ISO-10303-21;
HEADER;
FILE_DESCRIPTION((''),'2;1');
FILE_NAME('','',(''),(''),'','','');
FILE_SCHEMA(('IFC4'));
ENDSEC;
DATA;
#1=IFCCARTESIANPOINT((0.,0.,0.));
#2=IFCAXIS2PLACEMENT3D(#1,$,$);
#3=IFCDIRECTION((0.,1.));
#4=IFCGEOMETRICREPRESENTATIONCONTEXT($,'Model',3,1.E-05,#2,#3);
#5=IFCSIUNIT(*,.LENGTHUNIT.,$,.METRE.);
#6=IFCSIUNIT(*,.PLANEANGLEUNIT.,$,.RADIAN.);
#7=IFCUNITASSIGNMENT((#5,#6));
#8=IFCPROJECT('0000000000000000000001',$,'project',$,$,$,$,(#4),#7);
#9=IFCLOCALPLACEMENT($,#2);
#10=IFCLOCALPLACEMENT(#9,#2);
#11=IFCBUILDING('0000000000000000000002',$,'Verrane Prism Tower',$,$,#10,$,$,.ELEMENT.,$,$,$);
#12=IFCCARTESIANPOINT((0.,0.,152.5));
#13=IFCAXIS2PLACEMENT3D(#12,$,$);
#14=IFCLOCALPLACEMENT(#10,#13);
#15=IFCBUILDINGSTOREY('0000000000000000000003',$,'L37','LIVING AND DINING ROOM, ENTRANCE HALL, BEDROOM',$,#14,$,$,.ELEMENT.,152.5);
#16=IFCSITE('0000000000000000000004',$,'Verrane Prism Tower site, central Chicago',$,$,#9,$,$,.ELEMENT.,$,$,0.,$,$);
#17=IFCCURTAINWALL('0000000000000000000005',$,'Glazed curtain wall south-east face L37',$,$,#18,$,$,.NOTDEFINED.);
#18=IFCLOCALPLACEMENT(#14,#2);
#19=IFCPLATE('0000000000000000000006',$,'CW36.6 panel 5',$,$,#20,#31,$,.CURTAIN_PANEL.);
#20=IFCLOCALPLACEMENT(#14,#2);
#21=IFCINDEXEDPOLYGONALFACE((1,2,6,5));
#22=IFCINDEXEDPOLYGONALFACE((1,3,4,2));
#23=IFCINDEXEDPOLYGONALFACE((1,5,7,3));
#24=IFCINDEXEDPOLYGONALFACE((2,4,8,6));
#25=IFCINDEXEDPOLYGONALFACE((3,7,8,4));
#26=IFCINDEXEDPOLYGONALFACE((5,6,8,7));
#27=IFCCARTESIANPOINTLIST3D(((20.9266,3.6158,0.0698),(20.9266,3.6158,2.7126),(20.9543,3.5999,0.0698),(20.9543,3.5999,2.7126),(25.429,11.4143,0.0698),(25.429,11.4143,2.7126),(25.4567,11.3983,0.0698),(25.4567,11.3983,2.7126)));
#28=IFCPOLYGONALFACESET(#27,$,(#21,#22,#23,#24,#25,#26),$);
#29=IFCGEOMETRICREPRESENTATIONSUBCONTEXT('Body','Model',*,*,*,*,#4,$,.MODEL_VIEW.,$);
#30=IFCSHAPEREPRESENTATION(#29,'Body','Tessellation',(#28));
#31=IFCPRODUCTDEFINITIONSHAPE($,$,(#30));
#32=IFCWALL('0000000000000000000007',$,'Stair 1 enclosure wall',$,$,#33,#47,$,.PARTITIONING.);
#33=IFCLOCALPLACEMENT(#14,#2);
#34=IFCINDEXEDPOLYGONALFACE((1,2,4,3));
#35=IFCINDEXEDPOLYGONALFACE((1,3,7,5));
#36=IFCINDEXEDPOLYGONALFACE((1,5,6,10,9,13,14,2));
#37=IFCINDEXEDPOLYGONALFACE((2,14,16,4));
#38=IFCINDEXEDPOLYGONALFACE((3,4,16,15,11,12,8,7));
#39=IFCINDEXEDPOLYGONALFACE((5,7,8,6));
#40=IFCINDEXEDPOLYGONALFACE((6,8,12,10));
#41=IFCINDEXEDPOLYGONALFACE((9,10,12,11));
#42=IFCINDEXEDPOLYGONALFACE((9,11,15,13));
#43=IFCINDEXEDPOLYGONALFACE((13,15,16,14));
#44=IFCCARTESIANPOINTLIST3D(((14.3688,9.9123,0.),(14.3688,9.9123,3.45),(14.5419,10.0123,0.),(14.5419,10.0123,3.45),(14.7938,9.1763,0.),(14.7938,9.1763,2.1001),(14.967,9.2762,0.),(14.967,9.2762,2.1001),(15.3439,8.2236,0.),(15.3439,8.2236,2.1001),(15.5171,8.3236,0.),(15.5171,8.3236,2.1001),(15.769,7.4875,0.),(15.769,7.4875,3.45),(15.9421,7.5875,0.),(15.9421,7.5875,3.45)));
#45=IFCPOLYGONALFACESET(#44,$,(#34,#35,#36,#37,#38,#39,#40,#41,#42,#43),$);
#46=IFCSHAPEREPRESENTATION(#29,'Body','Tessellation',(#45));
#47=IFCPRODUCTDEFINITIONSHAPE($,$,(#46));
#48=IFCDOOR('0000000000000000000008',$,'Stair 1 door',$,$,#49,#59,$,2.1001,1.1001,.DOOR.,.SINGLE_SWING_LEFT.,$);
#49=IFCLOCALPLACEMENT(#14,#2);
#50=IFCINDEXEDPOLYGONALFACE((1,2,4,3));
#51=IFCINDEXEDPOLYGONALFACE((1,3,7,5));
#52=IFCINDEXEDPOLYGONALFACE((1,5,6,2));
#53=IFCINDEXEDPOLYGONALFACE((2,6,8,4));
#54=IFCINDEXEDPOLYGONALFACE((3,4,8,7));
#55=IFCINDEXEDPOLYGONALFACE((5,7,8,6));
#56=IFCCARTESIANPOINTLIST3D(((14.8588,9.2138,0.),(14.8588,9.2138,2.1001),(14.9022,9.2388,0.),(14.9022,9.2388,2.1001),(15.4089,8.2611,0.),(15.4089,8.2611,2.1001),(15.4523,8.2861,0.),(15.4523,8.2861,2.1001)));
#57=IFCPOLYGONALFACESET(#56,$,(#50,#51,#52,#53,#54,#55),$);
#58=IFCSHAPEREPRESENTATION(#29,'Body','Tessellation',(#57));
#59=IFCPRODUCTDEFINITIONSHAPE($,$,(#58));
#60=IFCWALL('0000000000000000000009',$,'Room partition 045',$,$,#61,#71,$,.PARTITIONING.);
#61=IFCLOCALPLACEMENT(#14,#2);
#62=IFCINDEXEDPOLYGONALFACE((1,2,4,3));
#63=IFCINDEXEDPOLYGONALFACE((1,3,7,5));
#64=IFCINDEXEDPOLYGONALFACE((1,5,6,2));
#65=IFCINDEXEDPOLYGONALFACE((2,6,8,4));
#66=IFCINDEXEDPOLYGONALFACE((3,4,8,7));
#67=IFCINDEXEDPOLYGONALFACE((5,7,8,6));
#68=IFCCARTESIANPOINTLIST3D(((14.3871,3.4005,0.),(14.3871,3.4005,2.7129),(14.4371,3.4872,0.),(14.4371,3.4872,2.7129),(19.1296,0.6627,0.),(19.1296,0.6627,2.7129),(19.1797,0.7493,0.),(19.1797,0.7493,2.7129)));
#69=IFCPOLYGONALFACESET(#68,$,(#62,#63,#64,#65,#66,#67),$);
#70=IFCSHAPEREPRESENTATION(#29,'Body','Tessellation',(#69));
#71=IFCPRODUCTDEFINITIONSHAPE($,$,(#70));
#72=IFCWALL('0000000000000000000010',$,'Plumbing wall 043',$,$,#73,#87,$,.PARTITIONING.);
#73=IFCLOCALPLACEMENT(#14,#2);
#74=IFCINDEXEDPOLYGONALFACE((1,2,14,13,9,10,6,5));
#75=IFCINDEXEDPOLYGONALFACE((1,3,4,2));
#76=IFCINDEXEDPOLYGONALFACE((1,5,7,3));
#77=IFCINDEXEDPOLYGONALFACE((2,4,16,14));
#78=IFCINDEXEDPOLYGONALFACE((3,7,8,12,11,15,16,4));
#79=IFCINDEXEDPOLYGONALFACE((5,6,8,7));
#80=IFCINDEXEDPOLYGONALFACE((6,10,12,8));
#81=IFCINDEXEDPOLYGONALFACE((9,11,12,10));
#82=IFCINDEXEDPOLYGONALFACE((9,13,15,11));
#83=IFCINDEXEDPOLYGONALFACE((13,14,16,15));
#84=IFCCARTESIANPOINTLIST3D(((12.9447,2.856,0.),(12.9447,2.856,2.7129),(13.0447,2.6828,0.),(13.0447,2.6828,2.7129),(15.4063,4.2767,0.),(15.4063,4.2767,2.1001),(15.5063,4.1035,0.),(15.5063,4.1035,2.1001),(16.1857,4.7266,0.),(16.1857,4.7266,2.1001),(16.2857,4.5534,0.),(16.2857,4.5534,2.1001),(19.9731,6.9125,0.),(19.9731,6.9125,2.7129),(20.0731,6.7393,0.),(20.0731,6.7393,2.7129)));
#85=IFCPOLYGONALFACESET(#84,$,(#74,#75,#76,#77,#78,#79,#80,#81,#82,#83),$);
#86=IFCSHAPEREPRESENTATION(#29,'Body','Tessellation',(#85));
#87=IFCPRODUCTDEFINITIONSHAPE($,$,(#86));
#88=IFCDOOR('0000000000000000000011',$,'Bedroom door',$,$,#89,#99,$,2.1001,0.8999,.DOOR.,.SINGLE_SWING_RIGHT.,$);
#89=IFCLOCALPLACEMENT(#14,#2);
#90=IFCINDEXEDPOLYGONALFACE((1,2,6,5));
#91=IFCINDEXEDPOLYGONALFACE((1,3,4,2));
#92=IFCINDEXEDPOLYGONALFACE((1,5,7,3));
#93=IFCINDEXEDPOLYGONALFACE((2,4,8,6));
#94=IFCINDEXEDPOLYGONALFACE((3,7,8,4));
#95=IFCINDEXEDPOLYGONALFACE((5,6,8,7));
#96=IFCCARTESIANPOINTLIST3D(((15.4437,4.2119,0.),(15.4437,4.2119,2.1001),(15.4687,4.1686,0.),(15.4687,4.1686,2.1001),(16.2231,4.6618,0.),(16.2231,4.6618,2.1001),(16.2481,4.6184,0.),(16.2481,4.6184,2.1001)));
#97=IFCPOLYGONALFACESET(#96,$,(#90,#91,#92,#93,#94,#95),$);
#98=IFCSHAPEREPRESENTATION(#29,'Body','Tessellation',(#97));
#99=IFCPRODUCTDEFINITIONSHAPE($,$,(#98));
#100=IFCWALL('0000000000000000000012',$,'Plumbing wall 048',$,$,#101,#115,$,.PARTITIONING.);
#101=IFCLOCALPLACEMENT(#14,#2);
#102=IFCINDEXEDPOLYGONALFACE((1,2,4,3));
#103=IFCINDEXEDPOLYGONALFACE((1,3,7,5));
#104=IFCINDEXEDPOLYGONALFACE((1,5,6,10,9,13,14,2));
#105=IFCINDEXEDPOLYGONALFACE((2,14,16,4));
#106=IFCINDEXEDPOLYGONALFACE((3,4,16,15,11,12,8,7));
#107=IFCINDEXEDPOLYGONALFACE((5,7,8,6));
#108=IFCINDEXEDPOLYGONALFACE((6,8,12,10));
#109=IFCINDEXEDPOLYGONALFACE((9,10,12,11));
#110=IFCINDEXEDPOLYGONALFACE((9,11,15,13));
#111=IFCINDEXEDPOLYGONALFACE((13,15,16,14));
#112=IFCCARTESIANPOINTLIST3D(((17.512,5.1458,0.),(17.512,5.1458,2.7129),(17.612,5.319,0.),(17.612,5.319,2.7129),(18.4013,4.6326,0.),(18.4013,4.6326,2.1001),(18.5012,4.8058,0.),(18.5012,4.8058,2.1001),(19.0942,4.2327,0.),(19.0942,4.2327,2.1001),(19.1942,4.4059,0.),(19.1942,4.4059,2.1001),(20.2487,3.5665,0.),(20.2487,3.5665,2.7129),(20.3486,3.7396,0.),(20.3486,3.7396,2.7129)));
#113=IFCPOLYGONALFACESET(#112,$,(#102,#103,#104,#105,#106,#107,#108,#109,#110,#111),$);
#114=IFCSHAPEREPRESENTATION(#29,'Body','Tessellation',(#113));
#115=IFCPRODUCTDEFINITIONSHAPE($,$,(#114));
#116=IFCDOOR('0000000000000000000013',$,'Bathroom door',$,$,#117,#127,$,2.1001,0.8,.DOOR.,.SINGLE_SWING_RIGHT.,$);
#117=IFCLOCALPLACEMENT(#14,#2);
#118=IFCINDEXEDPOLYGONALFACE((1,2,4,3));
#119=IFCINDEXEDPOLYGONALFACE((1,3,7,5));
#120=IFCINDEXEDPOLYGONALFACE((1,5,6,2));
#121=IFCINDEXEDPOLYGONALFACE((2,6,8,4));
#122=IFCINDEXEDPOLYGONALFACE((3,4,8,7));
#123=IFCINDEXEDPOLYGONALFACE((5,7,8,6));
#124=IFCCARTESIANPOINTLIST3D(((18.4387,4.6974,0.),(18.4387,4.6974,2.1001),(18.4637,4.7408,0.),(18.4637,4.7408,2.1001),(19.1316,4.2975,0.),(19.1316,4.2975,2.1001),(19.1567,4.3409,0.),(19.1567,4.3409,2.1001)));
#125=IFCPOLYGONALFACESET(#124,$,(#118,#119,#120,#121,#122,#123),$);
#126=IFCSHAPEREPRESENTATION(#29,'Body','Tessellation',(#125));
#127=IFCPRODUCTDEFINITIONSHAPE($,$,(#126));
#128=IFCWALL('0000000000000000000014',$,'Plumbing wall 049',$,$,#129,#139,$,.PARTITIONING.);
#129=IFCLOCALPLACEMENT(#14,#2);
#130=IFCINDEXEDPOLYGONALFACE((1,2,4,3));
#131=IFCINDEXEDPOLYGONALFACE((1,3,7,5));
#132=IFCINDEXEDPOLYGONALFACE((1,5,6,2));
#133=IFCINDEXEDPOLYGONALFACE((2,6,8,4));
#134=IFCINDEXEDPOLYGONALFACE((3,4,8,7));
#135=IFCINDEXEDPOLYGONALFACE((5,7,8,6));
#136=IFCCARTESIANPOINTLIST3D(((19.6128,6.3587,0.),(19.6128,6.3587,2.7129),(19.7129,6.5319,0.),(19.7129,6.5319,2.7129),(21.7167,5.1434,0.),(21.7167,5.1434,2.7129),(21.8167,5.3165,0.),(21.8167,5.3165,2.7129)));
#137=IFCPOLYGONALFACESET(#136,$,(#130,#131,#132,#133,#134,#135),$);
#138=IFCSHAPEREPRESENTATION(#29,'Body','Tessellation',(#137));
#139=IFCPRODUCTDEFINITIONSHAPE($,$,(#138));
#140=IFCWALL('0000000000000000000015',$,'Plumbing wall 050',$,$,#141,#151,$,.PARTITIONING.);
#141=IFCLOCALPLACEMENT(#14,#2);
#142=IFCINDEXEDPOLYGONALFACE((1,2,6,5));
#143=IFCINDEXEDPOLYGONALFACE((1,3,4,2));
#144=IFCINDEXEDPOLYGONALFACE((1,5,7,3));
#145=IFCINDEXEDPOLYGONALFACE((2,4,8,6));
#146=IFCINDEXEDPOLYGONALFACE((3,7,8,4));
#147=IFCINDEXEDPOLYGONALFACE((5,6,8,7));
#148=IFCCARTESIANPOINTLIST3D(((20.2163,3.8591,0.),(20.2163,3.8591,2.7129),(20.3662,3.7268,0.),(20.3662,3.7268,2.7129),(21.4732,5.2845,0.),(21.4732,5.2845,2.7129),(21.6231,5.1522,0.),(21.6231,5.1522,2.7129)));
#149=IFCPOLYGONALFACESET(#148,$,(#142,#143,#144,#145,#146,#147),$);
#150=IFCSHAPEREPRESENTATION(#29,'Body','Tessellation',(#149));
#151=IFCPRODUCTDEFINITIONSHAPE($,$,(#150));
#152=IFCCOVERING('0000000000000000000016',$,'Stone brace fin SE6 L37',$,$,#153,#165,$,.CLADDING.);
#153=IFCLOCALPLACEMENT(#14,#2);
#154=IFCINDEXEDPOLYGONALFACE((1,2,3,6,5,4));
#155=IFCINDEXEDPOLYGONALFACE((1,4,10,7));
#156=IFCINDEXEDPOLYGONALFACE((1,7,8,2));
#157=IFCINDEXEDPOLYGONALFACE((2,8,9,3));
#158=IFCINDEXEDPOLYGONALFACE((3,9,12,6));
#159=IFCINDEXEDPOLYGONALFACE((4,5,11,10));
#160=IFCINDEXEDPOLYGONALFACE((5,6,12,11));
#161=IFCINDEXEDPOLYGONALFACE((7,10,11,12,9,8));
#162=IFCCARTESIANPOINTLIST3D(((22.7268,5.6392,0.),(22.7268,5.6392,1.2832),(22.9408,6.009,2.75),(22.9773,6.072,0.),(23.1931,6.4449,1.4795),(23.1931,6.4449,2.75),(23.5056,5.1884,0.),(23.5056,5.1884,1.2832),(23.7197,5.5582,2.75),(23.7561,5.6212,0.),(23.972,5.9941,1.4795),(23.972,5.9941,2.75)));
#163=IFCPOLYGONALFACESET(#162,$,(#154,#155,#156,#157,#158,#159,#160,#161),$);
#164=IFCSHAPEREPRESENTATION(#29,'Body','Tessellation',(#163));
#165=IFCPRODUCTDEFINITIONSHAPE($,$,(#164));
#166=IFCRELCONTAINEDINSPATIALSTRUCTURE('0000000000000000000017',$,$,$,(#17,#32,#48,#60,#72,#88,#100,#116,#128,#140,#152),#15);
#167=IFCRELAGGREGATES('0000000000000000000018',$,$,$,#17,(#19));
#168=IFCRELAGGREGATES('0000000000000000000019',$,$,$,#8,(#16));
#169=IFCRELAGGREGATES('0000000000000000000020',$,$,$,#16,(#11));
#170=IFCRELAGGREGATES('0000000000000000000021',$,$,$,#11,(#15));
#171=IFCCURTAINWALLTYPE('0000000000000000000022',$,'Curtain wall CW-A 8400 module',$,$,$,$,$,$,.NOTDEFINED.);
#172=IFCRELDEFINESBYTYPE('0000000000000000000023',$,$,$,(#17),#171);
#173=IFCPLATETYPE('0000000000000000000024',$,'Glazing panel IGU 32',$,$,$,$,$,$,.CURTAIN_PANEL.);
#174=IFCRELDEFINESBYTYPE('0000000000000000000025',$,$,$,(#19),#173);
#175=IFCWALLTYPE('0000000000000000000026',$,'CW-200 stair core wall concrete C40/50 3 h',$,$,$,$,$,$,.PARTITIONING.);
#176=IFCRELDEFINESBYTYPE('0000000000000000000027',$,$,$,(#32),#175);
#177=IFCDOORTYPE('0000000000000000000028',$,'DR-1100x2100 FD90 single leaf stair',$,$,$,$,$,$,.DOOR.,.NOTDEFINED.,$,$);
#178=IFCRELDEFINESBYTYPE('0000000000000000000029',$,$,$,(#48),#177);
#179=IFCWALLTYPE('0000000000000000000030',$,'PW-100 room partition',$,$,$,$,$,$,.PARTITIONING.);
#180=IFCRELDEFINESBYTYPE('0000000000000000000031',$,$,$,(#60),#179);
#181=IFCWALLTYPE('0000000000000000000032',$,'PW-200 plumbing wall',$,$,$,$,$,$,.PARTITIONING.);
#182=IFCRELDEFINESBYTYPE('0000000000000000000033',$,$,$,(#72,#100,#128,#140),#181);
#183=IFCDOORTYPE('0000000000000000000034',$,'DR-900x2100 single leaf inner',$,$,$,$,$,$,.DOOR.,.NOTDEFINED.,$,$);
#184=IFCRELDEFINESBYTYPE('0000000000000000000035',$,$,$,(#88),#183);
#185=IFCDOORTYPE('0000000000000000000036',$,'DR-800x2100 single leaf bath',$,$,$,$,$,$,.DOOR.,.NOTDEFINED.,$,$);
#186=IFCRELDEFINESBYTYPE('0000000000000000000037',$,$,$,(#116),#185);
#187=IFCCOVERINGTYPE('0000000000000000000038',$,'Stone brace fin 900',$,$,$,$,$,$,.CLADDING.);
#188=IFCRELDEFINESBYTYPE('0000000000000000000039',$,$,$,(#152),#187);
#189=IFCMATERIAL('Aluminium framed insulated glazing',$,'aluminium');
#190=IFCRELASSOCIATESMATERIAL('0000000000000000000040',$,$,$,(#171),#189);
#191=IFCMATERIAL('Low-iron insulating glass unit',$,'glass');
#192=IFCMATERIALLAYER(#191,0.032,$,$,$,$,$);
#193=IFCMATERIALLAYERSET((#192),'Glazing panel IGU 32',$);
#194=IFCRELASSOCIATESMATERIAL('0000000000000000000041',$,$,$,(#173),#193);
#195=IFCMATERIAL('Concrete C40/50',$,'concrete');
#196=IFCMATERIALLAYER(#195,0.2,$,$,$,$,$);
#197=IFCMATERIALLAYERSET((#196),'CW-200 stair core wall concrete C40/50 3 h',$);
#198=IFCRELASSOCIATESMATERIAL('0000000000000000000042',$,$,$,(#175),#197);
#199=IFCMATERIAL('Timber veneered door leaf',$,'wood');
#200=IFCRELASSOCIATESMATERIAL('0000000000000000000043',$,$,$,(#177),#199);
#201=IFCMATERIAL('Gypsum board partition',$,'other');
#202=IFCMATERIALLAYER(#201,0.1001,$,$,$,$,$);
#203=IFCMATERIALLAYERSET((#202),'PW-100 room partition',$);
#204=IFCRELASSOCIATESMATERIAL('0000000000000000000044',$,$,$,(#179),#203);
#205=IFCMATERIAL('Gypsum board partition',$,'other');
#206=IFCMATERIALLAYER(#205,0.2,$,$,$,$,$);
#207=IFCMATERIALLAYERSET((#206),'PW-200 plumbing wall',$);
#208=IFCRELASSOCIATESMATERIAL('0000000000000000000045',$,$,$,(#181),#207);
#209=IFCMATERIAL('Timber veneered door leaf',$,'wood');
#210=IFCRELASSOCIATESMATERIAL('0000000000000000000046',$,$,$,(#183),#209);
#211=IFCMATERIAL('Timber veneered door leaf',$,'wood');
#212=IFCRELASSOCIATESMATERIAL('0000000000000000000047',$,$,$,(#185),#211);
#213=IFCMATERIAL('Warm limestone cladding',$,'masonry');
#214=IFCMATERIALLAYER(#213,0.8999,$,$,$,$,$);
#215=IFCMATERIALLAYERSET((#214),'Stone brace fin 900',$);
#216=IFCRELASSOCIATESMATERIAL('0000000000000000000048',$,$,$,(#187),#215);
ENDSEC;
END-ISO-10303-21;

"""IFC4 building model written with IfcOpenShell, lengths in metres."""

from ifc_helpers import new_model, si_unit, direction, frame, frame_2d, origin, origin_2d, place, context, subcontext, project, spatial, polyline, rectangle, outline, extrude, material, layer, layer_set, type_object, element, fill, aggregate, save


model = new_model("IFC4")

# Units and contexts
model_context = context("Model", 3, precision=1e-05, world=origin(), true_north=direction((0.0, 1.0)))
body_context = subcontext(model_context, "Body", "Model", "MODEL_VIEW")
ifc_project = project(units=[si_unit("LENGTHUNIT", "METRE"), si_unit("PLANEANGLEUNIT", "RADIAN")], contexts=[model_context])

# Site, building, storey
site_placement = place(None, origin())
site = spatial("IfcSite", under=ifc_project, at=site_placement, Name="Verrane Prism Tower site, central Chicago", CompositionType="ELEMENT", RefElevation=0.0)
building_placement = place(site_placement, origin())
building = spatial("IfcBuilding", under=site, at=building_placement, Name="Verrane Prism Tower", CompositionType="ELEMENT")
storey_placement = place(building_placement, frame((0.0, 0.0, 152.5)))
storey = spatial("IfcBuildingStorey", under=building, at=storey_placement, Name="L37", Description="LIVING AND DINING ROOM, ENTRANCE HALL, BEDROOM", CompositionType="ELEMENT", Elevation=152.5)

# Curtain wall
ifc_material_1 = material(Name="Aluminium framed insulated glazing", Category="aluminium")
curtain_wall_type = type_object("IfcCurtainWallType", Name="Curtain wall CW-A 8400 module", PredefinedType="NOTDEFINED", material=ifc_material_1)
curtain_wall_placement = place(storey_placement, origin())
curtain_wall = element("IfcCurtainWall", 1, at=curtain_wall_placement, inside=storey, type_object=curtain_wall_type, Name="Glazed curtain wall south-east face L37", PredefinedType="NOTDEFINED")

# Plate
ifc_material_2 = material(Name="Low-iron insulating glass unit", Category="glass")
ifc_layer_1 = layer(ifc_material_2, 0.032)
ifc_layer_set_1 = layer_set([ifc_layer_1], Name="Glazing panel IGU 32")
plate_type = type_object("IfcPlateType", Name="Glazing panel IGU 32", PredefinedType="CURTAIN_PANEL", material=ifc_layer_set_1)
plate_placement = place(storey_placement, frame((23.1917, 7.5071, 0.0698), z_axis=(0.0, 0.0, 1.0), x_axis=(0.500001, 0.866025, 0.0)))
plate = element("IfcPlate", 2, at=plate_placement, type_object=plate_type, Name="CW36.6 panel 5", PredefinedType="CURTAIN_PANEL", context=body_context, shape_type="SweptSolid", body=[
    extrude(rectangle(XDim=9.0049, YDim=0.032, at=origin_2d()), origin(), (0.0, 0.0, 1.0), 2.6428),
])
aggregate(curtain_wall, [plate])

# Wall, opening, door
ifc_material_3 = material(Name="Concrete C40/50", Category="concrete")
ifc_layer_2 = layer(ifc_material_3, 0.2)
ifc_layer_set_2 = layer_set([ifc_layer_2], Name="CW-200 stair core wall concrete C40/50 3 h")
wall_type_1 = type_object("IfcWallType", Name="CW-200 stair core wall concrete C40/50 3 h", PredefinedType="PARTITIONING", material=ifc_layer_set_2)
wall_1_placement = place(storey_placement, frame((15.8555, 7.5376, 0.0), z_axis=(0.0, 0.0, 1.0), x_axis=(-0.50005, 0.865997, 0.0)))
wall_1 = element("IfcWall", 3, at=wall_1_placement, inside=storey, type_object=wall_type_1, Name="Stair 1 enclosure wall", PredefinedType="PARTITIONING", context=body_context, shape_type="SweptSolid", body=[
    extrude(rectangle(XDim=2.8, YDim=0.2, at=frame_2d((1.3999, 0.0))), origin(), (0.0, 0.0, 1.0), 3.45),
])
opening_1_placement = place(wall_1_placement, frame((0.8499, 0.0, 0.0)))
opening_1 = element("IfcOpeningElement", 4, at=opening_1_placement, cuts=wall_1, PredefinedType="OPENING", context=body_context, shape_type="SweptSolid", body=[
    extrude(rectangle(XDim=1.1001, YDim=2.1001, at=frame_2d((0.55, 1.05))), frame((0.0, 0.1099, 0.0), z_axis=(0.0, -1.0, 0.0), x_axis=(1.0, 0.0, 0.0)), (0.0, 0.0, 1.0), 0.22),
])
ifc_material_4 = material(Name="Timber veneered door leaf", Category="wood")
door_type_1 = type_object("IfcDoorType", Name="DR-1100x2100 FD90 single leaf stair", OperationType="NOTDEFINED", PredefinedType="DOOR", material=ifc_material_4)
door_1_placement = place(opening_1_placement, origin())
door_1 = element("IfcDoor", 5, at=door_1_placement, inside=storey, type_object=door_type_1, Name="Stair 1 door", OperationType="SINGLE_SWING_LEFT", OverallHeight=2.1001, OverallWidth=1.1001, PredefinedType="DOOR", context=body_context, shape_type="SweptSolid", body=[
    extrude(rectangle(XDim=1.1001, YDim=2.1001, at=frame_2d((0.55, 1.05))), frame((0.0, 0.0249, 0.0), z_axis=(0.0, -1.0, 0.0), x_axis=(1.0, 0.0, 0.0)), (0.0, 0.0, 1.0), 0.05),
])
fill(opening_1, door_1)

# Wall
ifc_material_5 = material(Name="Gypsum board partition", Category="other")
ifc_layer_3 = layer(ifc_material_5, 0.1001)
ifc_layer_set_3 = layer_set([ifc_layer_3], Name="PW-100 room partition")
wall_type_2 = type_object("IfcWallType", Name="PW-100 room partition", PredefinedType="PARTITIONING", material=ifc_layer_set_3)
wall_2_placement = place(storey_placement, frame((14.4121, 3.4438, 0.0), z_axis=(0.0, 0.0, 1.0), x_axis=(0.866045, -0.499966, 0.0)))
element("IfcWall", 6, at=wall_2_placement, inside=storey, type_object=wall_type_2, Name="Room partition 045", PredefinedType="PARTITIONING", context=body_context, shape_type="SweptSolid", body=[
    extrude(rectangle(XDim=5.4761, YDim=0.1001, at=frame_2d((2.738, 0.0))), origin(), (0.0, 0.0, 1.0), 2.7129),
])

# Walls, openings, doors
ifc_material_6 = material(Name="Gypsum board partition", Category="other")
ifc_layer_4 = layer(ifc_material_6, 0.2)
ifc_layer_set_4 = layer_set([ifc_layer_4], Name="PW-200 plumbing wall")
wall_type_3 = type_object("IfcWallType", Name="PW-200 plumbing wall", PredefinedType="PARTITIONING", material=ifc_layer_set_4)
wall_3_placement = place(storey_placement, frame((20.0232, 6.8259, 0.0), z_axis=(0.0, 0.0, 1.0), x_axis=(-0.8661, -0.49987, 0.0)))
wall_3 = element("IfcWall", 7, at=wall_3_placement, inside=storey, type_object=wall_type_3, Name="Plumbing wall 043", PredefinedType="PARTITIONING", context=body_context, shape_type="SweptSolid", body=[
    extrude(rectangle(XDim=8.115, YDim=0.2, at=frame_2d((4.0576, 0.0))), origin(), (0.0, 0.0, 1.0), 2.7129),
])
opening_2_placement = place(wall_3_placement, frame((4.373, 0.0, 0.0)))
opening_2 = element("IfcOpeningElement", 8, at=opening_2_placement, cuts=wall_3, PredefinedType="OPENING", context=body_context, shape_type="SweptSolid", body=[
    extrude(rectangle(XDim=0.8999, YDim=2.1001, at=frame_2d((0.45, 1.05))), frame((0.0, 0.1099, 0.0), z_axis=(0.0, -1.0, 0.0), x_axis=(1.0, 0.0, 0.0)), (0.0, 0.0, 1.0), 0.22),
])
ifc_material_7 = material(Name="Timber veneered door leaf", Category="wood")
door_type_2 = type_object("IfcDoorType", Name="DR-900x2100 single leaf inner", OperationType="NOTDEFINED", PredefinedType="DOOR", material=ifc_material_7)
door_2_placement = place(opening_2_placement, origin())
door_2 = element("IfcDoor", 9, at=door_2_placement, inside=storey, type_object=door_type_2, Name="Bedroom door", OperationType="SINGLE_SWING_RIGHT", OverallHeight=2.1001, OverallWidth=0.8999, PredefinedType="DOOR", context=body_context, shape_type="SweptSolid", body=[
    extrude(rectangle(XDim=0.8999, YDim=2.1001, at=frame_2d((0.45, 1.05))), frame((0.0, 0.0249, 0.0), z_axis=(0.0, -1.0, 0.0), x_axis=(1.0, 0.0, 0.0)), (0.0, 0.0, 1.0), 0.05),
])
fill(opening_2, door_2)
wall_4_placement = place(storey_placement, frame((17.562, 5.2324, 0.0), z_axis=(0.0, 0.0, 1.0), x_axis=(0.86611, -0.499854, 0.0)))
wall_4 = element("IfcWall", 10, at=wall_4_placement, inside=storey, type_object=wall_type_3, Name="Plumbing wall 048", PredefinedType="PARTITIONING", context=body_context, shape_type="SweptSolid", body=[
    extrude(rectangle(XDim=3.1597, YDim=0.2, at=frame_2d((1.5798, 0.0))), origin(), (0.0, 0.0, 1.0), 2.7129),
])
opening_3_placement = place(wall_4_placement, frame((1.0269, 0.0, 0.0)))
opening_3 = element("IfcOpeningElement", 11, at=opening_3_placement, cuts=wall_4, PredefinedType="OPENING", context=body_context, shape_type="SweptSolid", body=[
    extrude(rectangle(XDim=0.8, YDim=2.1001, at=frame_2d((0.3999, 1.05))), frame((0.0, 0.1099, 0.0), z_axis=(0.0, -1.0, 0.0), x_axis=(1.0, 0.0, 0.0)), (0.0, 0.0, 1.0), 0.22),
])
ifc_material_8 = material(Name="Timber veneered door leaf", Category="wood")
door_type_3 = type_object("IfcDoorType", Name="DR-800x2100 single leaf bath", OperationType="NOTDEFINED", PredefinedType="DOOR", material=ifc_material_8)
door_3_placement = place(opening_3_placement, origin())
door_3 = element("IfcDoor", 12, at=door_3_placement, inside=storey, type_object=door_type_3, Name="Bathroom door", OperationType="SINGLE_SWING_RIGHT", OverallHeight=2.1001, OverallWidth=0.8, PredefinedType="DOOR", context=body_context, shape_type="SweptSolid", body=[
    extrude(rectangle(XDim=0.8, YDim=2.1001, at=frame_2d((0.3999, 1.05))), frame((0.0, 0.0249, 0.0), z_axis=(0.0, -1.0, 0.0), x_axis=(1.0, 0.0, 0.0)), (0.0, 0.0, 1.0), 0.05),
])
fill(opening_3, door_3)

# Walls
wall_5_placement = place(storey_placement, frame((19.6628, 6.4453, 0.0), z_axis=(0.0, 0.0, 1.0), x_axis=(0.865896, -0.500224, 0.0)))
element("IfcWall", 13, at=wall_5_placement, inside=storey, type_object=wall_type_3, Name="Plumbing wall 049", PredefinedType="PARTITIONING", context=body_context, shape_type="SweptSolid", body=[
    extrude(rectangle(XDim=2.4297, YDim=0.2, at=frame_2d((1.2148, 0.0))), origin(), (0.0, 0.0, 1.0), 2.7129),
])
wall_6_placement = place(storey_placement, frame((20.2913, 3.793, 0.0), z_axis=(0.0, 0.0, 1.0), x_axis=(0.661392, 0.75004, 0.0)))
element("IfcWall", 14, at=wall_6_placement, inside=storey, type_object=wall_type_3, Name="Plumbing wall 050", PredefinedType="PARTITIONING", context=body_context, shape_type="SweptSolid", body=[
    extrude(rectangle(XDim=1.9004, YDim=0.2, at=frame_2d((0.9502, 0.0))), origin(), (0.0, 0.0, 1.0), 2.7129),
])

# Covering
ifc_material_9 = material(Name="Warm limestone cladding", Category="masonry")
ifc_layer_5 = layer(ifc_material_9, 0.8999)
ifc_layer_set_5 = layer_set([ifc_layer_5], Name="Stone brace fin 900")
covering_type = type_object("IfcCoveringType", Name="Stone brace fin 900", PredefinedType="CLADDING", material=ifc_layer_set_5)
covering_placement = place(storey_placement, frame((23.1162, 5.4138, 0.0), z_axis=(0.0, 0.0, 1.0), x_axis=(0.500933, 0.865486, 0.0)))
element("IfcCovering", 15, at=covering_placement, inside=storey, type_object=covering_type, Name="Stone brace fin SE6 L37", PredefinedType="CLADDING", context=body_context, shape_type="SweptSolid", body=[
    extrude(outline(polyline([(0.9309, 2.75), (0.4272, 2.75), (0.0, 1.2832), (0.0, 0.0), (0.5, 0.0), (0.9309, 1.4795), (0.9309, 2.75)])), frame((0.0, 0.45, 0.0), z_axis=(0.0, -1.0, 0.0), x_axis=(1.0, 0.0, 0.0)), (0.0, 0.0, 1.0), 0.8999),
])

save(model, "model.ifc")
